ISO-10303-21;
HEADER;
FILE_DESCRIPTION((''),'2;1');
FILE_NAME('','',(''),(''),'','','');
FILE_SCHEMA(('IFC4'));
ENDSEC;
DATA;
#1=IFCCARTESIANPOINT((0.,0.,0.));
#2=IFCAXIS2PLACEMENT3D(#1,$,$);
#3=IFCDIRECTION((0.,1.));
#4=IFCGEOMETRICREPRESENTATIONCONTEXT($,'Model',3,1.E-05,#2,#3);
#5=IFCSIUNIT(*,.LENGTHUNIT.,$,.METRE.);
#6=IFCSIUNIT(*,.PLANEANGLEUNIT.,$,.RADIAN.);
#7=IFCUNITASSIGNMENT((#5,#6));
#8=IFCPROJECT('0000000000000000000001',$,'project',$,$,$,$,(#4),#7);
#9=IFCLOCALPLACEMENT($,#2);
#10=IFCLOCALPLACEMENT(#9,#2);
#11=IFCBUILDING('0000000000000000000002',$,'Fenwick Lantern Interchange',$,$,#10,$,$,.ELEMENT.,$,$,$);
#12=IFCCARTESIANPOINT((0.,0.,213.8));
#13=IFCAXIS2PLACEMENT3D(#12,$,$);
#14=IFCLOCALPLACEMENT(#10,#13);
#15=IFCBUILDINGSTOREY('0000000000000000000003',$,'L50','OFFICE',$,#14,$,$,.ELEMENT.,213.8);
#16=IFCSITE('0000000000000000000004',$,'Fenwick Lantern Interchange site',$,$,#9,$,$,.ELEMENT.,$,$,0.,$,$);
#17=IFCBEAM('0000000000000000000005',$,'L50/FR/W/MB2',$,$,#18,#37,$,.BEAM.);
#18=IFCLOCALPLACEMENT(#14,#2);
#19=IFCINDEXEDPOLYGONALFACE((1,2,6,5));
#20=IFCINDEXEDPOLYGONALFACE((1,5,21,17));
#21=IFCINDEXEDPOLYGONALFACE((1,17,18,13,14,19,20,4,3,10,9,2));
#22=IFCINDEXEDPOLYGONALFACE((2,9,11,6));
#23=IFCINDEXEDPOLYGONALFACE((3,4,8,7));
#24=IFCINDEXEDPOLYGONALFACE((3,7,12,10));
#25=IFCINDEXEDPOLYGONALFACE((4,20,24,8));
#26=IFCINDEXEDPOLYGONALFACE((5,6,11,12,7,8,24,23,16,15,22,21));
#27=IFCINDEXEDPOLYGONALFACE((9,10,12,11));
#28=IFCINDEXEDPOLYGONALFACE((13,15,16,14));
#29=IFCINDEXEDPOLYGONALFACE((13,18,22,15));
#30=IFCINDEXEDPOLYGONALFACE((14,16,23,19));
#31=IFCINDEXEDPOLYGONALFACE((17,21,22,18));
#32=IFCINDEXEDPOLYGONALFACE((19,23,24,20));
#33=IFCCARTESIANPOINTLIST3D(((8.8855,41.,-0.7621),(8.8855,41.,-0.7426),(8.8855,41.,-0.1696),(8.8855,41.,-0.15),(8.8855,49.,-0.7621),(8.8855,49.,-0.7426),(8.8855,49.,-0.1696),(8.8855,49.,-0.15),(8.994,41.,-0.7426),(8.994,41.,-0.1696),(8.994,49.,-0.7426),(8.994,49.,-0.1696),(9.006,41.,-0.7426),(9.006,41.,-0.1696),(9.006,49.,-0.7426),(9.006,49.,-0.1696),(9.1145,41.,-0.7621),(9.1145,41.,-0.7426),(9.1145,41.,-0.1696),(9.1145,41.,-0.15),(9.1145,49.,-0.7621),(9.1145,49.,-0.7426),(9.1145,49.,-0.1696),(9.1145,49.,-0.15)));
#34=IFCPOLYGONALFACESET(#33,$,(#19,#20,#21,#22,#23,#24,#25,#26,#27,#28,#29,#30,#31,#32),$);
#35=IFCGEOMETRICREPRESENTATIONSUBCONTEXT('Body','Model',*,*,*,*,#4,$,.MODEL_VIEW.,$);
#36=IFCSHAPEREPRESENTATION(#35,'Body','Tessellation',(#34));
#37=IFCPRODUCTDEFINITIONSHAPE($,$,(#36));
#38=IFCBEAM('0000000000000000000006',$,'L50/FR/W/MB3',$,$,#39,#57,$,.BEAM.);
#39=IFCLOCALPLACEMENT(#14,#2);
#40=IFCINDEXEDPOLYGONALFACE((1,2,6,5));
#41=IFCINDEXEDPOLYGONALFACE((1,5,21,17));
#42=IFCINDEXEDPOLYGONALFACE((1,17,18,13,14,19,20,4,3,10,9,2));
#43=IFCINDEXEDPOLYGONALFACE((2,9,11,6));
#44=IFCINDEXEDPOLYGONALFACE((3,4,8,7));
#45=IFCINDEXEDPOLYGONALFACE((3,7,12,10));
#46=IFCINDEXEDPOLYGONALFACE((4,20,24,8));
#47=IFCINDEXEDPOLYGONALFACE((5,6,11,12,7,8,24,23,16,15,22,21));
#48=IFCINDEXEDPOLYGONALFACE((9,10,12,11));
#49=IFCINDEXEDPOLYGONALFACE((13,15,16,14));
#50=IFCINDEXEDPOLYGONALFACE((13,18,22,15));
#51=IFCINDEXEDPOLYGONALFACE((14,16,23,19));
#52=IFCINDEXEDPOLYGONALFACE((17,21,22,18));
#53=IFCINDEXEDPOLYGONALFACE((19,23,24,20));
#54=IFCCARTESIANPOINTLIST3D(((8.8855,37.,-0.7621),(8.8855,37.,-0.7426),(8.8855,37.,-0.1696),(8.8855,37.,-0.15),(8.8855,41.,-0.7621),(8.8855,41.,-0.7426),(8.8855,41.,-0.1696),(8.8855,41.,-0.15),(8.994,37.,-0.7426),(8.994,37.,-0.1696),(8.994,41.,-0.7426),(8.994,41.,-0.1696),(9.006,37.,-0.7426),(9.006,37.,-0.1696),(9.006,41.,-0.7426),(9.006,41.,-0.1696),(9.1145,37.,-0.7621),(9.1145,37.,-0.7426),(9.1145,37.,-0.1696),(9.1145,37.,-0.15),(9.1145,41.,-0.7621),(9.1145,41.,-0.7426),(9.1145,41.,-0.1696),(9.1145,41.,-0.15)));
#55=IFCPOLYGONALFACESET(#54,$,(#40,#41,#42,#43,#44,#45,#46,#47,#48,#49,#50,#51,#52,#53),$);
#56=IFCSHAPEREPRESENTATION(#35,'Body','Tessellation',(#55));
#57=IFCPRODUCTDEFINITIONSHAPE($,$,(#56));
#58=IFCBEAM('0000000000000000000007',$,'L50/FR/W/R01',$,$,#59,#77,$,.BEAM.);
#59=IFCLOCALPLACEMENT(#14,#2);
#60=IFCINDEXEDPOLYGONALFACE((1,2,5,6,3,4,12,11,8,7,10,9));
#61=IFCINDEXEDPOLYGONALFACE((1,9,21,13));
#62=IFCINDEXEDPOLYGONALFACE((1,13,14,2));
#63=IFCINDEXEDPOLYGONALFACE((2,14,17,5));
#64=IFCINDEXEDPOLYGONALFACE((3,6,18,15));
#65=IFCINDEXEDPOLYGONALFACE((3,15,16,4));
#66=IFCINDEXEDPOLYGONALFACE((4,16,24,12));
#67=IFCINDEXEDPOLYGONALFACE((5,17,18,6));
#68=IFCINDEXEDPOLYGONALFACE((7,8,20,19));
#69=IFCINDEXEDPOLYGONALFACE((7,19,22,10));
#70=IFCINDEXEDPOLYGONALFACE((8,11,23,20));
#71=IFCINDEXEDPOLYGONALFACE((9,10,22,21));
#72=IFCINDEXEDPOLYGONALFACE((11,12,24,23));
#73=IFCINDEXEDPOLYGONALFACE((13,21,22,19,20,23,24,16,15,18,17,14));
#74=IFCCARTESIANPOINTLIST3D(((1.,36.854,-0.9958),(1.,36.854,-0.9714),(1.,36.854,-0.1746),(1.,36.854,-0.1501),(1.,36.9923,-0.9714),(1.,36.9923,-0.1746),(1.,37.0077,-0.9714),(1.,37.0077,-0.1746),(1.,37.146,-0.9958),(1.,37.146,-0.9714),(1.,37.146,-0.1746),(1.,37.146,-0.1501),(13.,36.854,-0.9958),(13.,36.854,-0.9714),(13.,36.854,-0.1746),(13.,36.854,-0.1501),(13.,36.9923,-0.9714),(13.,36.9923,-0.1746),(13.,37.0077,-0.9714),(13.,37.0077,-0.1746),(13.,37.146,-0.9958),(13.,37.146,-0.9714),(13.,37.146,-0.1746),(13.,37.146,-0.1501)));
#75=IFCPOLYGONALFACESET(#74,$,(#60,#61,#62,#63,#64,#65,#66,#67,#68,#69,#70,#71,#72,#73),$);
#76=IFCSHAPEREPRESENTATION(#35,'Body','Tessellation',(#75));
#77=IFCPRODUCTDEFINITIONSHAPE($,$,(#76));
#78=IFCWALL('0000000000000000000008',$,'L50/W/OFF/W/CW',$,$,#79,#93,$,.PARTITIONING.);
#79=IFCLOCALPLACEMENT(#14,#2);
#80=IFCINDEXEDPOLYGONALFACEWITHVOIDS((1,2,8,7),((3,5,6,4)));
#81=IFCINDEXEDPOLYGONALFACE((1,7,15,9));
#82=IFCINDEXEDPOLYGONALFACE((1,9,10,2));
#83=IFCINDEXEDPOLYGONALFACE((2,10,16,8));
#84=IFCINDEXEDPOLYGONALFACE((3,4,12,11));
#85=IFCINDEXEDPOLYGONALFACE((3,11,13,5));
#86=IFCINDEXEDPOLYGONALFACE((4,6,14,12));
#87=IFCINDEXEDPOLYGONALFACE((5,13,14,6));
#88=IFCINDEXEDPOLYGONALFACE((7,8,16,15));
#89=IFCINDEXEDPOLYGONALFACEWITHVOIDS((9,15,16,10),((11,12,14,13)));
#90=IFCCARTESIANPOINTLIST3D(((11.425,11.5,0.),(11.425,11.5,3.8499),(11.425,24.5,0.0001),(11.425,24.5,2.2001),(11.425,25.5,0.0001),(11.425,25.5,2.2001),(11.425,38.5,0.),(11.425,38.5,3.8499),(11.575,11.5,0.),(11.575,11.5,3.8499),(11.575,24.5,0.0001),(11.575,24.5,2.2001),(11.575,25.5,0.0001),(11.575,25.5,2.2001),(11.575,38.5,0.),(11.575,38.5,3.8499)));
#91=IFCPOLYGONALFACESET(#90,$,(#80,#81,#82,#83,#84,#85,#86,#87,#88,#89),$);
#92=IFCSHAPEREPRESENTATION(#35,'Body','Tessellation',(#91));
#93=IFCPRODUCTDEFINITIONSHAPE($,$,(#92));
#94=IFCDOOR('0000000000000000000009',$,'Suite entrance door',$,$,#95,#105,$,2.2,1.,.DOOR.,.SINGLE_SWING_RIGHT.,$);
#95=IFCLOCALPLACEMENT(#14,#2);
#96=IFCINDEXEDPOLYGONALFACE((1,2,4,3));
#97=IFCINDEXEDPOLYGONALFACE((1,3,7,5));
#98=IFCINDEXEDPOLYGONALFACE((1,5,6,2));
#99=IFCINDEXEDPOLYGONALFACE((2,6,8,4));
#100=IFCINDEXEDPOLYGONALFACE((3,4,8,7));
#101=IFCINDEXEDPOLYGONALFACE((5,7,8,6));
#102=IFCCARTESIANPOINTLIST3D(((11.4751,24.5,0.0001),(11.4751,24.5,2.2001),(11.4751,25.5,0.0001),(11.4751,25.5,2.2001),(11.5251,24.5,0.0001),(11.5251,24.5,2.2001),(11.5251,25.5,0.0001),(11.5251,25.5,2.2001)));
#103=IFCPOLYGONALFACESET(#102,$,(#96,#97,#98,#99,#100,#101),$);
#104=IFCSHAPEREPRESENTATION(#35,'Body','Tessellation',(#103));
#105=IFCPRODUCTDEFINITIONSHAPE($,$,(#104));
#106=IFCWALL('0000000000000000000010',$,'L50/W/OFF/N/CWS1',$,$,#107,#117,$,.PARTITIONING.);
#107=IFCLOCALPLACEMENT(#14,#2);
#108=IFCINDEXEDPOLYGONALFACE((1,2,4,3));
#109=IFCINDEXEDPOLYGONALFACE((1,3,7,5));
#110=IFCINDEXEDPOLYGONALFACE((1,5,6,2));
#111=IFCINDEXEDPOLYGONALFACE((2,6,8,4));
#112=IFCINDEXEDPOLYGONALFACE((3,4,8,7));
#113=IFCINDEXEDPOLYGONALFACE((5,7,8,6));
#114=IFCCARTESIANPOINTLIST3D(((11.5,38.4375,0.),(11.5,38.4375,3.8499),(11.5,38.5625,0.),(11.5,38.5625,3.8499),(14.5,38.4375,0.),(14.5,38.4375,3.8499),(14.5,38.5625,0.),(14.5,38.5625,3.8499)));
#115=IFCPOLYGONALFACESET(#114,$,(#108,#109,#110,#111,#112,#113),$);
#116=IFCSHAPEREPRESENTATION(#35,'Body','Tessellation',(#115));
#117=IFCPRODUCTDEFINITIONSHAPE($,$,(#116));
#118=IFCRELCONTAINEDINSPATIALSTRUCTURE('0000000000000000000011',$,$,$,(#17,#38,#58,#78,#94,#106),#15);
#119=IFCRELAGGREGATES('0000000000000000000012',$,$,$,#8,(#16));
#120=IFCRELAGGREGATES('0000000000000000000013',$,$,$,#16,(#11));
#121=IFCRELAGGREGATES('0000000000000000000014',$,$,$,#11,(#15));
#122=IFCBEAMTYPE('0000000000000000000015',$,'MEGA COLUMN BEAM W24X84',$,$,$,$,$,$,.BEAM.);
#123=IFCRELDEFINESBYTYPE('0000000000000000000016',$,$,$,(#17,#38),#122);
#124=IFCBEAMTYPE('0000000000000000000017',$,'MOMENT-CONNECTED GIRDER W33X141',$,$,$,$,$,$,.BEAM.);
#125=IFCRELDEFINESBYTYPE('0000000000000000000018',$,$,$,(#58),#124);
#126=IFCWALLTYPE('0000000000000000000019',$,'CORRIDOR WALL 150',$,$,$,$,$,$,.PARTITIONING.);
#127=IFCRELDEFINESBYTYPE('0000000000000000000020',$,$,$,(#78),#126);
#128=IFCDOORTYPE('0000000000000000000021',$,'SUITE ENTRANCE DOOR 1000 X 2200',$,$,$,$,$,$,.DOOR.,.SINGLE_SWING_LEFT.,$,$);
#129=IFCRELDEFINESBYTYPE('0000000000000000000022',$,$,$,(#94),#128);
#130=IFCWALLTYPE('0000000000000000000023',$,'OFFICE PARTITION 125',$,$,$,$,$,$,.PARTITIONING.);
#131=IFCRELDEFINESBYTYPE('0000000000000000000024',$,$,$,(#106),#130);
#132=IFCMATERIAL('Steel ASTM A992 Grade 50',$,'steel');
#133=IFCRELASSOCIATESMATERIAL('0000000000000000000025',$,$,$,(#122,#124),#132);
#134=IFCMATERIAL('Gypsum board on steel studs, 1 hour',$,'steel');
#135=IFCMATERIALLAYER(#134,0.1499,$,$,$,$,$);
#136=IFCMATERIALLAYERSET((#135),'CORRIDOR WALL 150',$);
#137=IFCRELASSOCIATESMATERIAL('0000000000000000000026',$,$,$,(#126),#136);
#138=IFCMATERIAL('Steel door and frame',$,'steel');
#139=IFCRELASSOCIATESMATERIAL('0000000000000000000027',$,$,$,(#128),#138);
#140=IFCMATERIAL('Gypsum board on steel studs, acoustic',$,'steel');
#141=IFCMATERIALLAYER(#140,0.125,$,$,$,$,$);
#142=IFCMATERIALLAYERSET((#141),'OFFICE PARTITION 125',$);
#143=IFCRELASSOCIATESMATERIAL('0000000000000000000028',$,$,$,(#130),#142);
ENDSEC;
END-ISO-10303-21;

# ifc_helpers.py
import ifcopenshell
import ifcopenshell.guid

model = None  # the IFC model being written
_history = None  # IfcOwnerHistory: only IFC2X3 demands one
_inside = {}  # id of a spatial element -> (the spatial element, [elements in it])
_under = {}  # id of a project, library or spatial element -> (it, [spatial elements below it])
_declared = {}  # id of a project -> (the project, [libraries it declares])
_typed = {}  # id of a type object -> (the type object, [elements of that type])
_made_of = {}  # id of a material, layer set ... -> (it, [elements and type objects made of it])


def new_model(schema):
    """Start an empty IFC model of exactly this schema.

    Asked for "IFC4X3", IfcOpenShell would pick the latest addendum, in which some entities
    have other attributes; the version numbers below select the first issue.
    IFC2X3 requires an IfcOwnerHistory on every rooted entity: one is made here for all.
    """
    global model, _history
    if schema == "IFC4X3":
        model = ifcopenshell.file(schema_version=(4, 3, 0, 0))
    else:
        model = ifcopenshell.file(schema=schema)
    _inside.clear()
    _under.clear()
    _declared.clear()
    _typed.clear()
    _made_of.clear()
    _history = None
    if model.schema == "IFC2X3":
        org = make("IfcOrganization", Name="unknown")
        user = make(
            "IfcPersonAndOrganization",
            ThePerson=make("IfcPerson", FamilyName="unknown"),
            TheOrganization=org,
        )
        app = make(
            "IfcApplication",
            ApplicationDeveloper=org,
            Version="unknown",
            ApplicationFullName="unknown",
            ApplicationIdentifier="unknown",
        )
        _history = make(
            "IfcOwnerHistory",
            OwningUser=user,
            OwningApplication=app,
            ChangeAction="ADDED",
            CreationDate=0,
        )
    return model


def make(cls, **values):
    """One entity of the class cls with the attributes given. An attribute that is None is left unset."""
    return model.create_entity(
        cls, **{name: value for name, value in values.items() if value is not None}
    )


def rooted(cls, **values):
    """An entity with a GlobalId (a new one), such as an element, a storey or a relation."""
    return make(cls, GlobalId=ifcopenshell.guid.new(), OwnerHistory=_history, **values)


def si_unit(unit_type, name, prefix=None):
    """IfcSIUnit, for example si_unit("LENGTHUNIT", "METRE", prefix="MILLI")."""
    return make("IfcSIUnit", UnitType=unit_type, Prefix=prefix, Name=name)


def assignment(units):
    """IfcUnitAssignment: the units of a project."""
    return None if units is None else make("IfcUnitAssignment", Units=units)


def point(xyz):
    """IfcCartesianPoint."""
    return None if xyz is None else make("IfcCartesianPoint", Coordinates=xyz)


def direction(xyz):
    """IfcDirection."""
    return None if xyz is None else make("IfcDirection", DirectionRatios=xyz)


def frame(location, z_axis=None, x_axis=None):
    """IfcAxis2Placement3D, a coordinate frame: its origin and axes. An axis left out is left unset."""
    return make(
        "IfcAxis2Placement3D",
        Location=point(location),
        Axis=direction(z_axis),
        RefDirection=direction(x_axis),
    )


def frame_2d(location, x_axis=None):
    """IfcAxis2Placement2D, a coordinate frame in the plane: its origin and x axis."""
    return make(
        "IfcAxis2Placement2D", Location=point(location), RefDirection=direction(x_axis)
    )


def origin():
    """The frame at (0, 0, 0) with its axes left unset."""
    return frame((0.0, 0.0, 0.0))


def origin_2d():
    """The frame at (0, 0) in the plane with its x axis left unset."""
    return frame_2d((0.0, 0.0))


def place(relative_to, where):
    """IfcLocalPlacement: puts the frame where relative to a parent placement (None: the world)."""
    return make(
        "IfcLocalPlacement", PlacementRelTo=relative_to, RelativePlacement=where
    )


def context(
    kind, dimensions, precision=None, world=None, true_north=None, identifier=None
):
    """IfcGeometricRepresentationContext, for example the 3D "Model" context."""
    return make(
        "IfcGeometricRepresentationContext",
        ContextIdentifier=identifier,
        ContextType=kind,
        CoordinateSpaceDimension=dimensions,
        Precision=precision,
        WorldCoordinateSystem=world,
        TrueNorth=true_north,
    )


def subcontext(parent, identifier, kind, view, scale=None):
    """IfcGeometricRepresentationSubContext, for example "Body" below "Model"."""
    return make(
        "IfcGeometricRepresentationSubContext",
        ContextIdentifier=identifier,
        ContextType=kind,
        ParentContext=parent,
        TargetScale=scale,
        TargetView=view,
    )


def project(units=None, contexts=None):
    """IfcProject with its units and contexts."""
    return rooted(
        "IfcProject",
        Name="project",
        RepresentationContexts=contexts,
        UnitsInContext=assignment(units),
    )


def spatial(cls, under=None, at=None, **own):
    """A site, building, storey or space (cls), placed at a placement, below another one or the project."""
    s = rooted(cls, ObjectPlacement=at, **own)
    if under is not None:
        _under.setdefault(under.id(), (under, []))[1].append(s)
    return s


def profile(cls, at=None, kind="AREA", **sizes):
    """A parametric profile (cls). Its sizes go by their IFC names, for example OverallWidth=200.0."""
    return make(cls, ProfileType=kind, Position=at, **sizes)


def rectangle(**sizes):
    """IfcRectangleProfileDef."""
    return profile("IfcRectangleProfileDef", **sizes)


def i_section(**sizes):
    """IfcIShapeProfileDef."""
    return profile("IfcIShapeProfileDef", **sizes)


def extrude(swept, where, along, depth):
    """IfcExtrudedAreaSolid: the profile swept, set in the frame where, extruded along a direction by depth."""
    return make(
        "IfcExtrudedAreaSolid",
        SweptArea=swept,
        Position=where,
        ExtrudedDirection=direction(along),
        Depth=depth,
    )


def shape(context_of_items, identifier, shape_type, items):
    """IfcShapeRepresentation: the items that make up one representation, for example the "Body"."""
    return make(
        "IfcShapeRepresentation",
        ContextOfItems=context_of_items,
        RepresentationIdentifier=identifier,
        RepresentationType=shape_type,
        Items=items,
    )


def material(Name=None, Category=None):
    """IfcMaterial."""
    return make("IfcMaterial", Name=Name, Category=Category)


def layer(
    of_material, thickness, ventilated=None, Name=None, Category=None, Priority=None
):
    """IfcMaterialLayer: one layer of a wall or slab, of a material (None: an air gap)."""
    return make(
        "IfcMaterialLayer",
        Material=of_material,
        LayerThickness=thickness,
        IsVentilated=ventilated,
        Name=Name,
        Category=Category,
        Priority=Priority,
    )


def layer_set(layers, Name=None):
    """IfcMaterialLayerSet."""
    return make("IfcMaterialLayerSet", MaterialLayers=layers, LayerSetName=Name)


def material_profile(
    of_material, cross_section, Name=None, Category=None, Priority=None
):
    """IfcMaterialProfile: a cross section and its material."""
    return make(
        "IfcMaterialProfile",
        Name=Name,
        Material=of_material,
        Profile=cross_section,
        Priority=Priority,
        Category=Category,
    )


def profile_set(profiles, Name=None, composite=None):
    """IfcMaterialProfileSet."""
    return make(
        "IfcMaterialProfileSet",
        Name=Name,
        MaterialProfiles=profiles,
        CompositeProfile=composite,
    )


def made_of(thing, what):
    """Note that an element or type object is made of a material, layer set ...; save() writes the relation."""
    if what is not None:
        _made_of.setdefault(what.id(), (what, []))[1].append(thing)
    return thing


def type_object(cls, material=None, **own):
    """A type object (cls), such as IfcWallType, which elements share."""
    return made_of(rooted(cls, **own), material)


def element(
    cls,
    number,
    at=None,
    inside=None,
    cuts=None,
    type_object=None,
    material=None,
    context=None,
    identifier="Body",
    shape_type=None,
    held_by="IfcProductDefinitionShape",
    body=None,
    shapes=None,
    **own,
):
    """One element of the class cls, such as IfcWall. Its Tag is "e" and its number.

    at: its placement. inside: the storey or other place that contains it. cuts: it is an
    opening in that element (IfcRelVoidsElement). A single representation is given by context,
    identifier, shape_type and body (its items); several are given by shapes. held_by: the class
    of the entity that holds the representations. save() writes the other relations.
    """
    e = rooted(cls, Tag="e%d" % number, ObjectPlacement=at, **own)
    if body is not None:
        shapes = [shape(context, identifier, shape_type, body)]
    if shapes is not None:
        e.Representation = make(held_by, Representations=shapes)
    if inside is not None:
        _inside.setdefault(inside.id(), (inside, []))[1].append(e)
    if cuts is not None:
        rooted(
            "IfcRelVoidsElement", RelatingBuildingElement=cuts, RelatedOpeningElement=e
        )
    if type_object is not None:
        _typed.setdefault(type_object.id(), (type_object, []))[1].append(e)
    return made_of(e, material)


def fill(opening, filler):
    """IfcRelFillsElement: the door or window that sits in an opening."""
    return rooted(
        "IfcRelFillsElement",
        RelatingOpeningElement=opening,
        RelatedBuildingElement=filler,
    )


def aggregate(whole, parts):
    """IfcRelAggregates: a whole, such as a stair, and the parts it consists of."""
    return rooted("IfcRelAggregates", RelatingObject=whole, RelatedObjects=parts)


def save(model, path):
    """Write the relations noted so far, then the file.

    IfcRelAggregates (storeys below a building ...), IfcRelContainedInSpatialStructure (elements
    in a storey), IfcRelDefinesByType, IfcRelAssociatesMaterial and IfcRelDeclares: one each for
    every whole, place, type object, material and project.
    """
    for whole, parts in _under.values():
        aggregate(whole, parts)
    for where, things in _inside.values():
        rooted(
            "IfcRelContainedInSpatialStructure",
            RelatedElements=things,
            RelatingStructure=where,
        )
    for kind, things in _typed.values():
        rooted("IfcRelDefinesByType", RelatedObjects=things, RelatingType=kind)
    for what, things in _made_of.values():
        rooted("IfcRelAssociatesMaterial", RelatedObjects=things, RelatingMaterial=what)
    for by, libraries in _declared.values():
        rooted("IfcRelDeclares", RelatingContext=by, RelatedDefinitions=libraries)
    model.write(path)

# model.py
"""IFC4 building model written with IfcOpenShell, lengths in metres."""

from ifc_helpers import new_model, si_unit, direction, frame, frame_2d, origin, origin_2d, place, context, subcontext, project, spatial, rectangle, i_section, extrude, material, layer, layer_set, material_profile, profile_set, type_object, element, fill, save


model = new_model("IFC4")

# Units and contexts
model_context = context("Model", 3, precision=1e-05, world=origin(), true_north=direction((0.0, 1.0)))
body_context = subcontext(model_context, "Body", "Model", "MODEL_VIEW")
ifc_project = project(units=[si_unit("LENGTHUNIT", "METRE"), si_unit("PLANEANGLEUNIT", "RADIAN")], contexts=[model_context])

# Site, building, storey
site_placement = place(None, origin())
site = spatial("IfcSite", under=ifc_project, at=site_placement, Name="Fenwick Lantern Interchange site", CompositionType="ELEMENT", RefElevation=0.0)
building_placement = place(site_placement, origin())
building = spatial("IfcBuilding", under=site, at=building_placement, Name="Fenwick Lantern Interchange", CompositionType="ELEMENT")
storey_placement = place(building_placement, frame((0.0, 0.0, 213.8)))
storey = spatial("IfcBuildingStorey", under=building, at=storey_placement, Name="L50", Description="OFFICE", CompositionType="ELEMENT", Elevation=213.8)

# Beams
ifc_material_1 = material(Name="Steel ASTM A992 Grade 50", Category="steel")
ifc_material_profile_1 = material_profile(ifc_material_1, i_section(OverallWidth=0.229, OverallDepth=0.6121, WebThickness=0.012, FlangeThickness=0.0195, at=origin_2d()), Name="W24X84")
ifc_profile_set_1 = profile_set([ifc_material_profile_1], Name="Steel ASTM A992 Grade 50")
beam_type_1 = type_object("IfcBeamType", Name="MEGA COLUMN BEAM W24X84", PredefinedType="BEAM", material=ifc_profile_set_1)
for number, where, z_axis, x_axis, name in (
    (1, (9.0, 41.0, -0.4561), (0.0, 1.0, 0.0), (-1.0, 0.0, 0.0), "L50/FR/W/MB2"),
):
    element("IfcBeam", number, at=place(storey_placement, frame(where, z_axis=z_axis, x_axis=x_axis)), inside=storey, type_object=beam_type_1, Name=name, PredefinedType="BEAM", context=body_context, shape_type="SweptSolid", body=[
        extrude(i_section(OverallWidth=0.229, OverallDepth=0.6121, WebThickness=0.012, FlangeThickness=0.0195, at=origin_2d()), origin(), (0.0, 0.0, 1.0), 8.0),
    ])
beam_1_placement = place(storey_placement, frame((9.0, 41.0, -0.4561), z_axis=(0.0, -1.0, 0.0), x_axis=(1.0, 0.0, 0.0)))
element("IfcBeam", 2, at=beam_1_placement, inside=storey, type_object=beam_type_1, Name="L50/FR/W/MB3", PredefinedType="BEAM", context=body_context, shape_type="SweptSolid", body=[
    extrude(i_section(OverallWidth=0.229, OverallDepth=0.6121, WebThickness=0.012, FlangeThickness=0.0195, at=origin_2d()), origin(), (0.0, 0.0, 1.0), 4.0),
])
ifc_material_profile_2 = material_profile(ifc_material_1, i_section(OverallWidth=0.292, OverallDepth=0.8457, WebThickness=0.0154, FlangeThickness=0.0244, at=origin_2d()), Name="W33X141")
ifc_profile_set_2 = profile_set([ifc_material_profile_2], Name="Steel ASTM A992 Grade 50")
beam_type_2 = type_object("IfcBeamType", Name="MOMENT-CONNECTED GIRDER W33X141", PredefinedType="BEAM", material=ifc_profile_set_2)
beam_2_placement = place(storey_placement, frame((1.0, 37.0, -0.573), z_axis=(1.0, 0.0, 0.0), x_axis=(0.0, 1.0, 0.0)))
element("IfcBeam", 3, at=beam_2_placement, inside=storey, type_object=beam_type_2, Name="L50/FR/W/R01", PredefinedType="BEAM", context=body_context, shape_type="SweptSolid", body=[
    extrude(i_section(OverallWidth=0.292, OverallDepth=0.8457, WebThickness=0.0154, FlangeThickness=0.0244, at=origin_2d()), origin(), (0.0, 0.0, 1.0), 12.0),
])

# Wall, opening, door
ifc_material_2 = material(Name="Gypsum board on steel studs, 1 hour", Category="steel")
ifc_layer_1 = layer(ifc_material_2, 0.1499)
ifc_layer_set_1 = layer_set([ifc_layer_1], Name="CORRIDOR WALL 150")
wall_type_1 = type_object("IfcWallType", Name="CORRIDOR WALL 150", PredefinedType="PARTITIONING", material=ifc_layer_set_1)
wall_1_placement = place(storey_placement, frame((11.5, 38.5, 0.0), z_axis=(0.0, 0.0, 1.0), x_axis=(0.0, -1.0, 0.0)))
wall_1 = element("IfcWall", 4, at=wall_1_placement, inside=storey, type_object=wall_type_1, Name="L50/W/OFF/W/CW", PredefinedType="PARTITIONING", context=body_context, shape_type="SweptSolid", body=[
    extrude(rectangle(XDim=27.0, YDim=0.1499, at=frame_2d((13.5, 0.0))), origin(), (0.0, 0.0, 1.0), 3.8499),
])
opening_placement = place(wall_1_placement, frame((13.0, 0.0, 0.0)))
opening = element("IfcOpeningElement", 5, at=opening_placement, cuts=wall_1, PredefinedType="OPENING", context=body_context, shape_type="SweptSolid", body=[
    extrude(rectangle(XDim=1.0, YDim=2.2, at=frame_2d((0.5, 1.1001))), frame((0.0, 0.085, 0.0), z_axis=(0.0, -1.0, 0.0), x_axis=(1.0, 0.0, 0.0)), (0.0, 0.0, 1.0), 0.1699),
])
ifc_material_3 = material(Name="Steel door and frame", Category="steel")
door_type = type_object("IfcDoorType", Name="SUITE ENTRANCE DOOR 1000 X 2200", OperationType="SINGLE_SWING_LEFT", PredefinedType="DOOR", material=ifc_material_3)
door_placement = place(opening_placement, frame((1.0, 0.0, 0.0), z_axis=(0.0, 0.0, 1.0), x_axis=(-1.0, 0.0, 0.0)))
door = element("IfcDoor", 6, at=door_placement, inside=storey, type_object=door_type, Name="Suite entrance door", OperationType="SINGLE_SWING_RIGHT", OverallHeight=2.2, OverallWidth=1.0, PredefinedType="DOOR", context=body_context, shape_type="SweptSolid", body=[
    extrude(rectangle(XDim=1.0, YDim=2.2, at=frame_2d((0.5, 1.1001))), frame((0.0, 0.0249, 0.0), z_axis=(0.0, -1.0, 0.0), x_axis=(1.0, 0.0, 0.0)), (0.0, 0.0, 1.0), 0.05),
])
fill(opening, door)

# Wall
ifc_material_4 = material(Name="Gypsum board on steel studs, acoustic", Category="steel")
ifc_layer_2 = layer(ifc_material_4, 0.125)
ifc_layer_set_2 = layer_set([ifc_layer_2], Name="OFFICE PARTITION 125")
wall_type_2 = type_object("IfcWallType", Name="OFFICE PARTITION 125", PredefinedType="PARTITIONING", material=ifc_layer_set_2)
wall_2_placement = place(storey_placement, frame((14.5, 38.5, 0.0), z_axis=(0.0, 0.0, 1.0), x_axis=(-1.0, 0.0, 0.0)))
element("IfcWall", 7, at=wall_2_placement, inside=storey, type_object=wall_type_2, Name="L50/W/OFF/N/CWS1", PredefinedType="PARTITIONING", context=body_context, shape_type="SweptSolid", body=[
    extrude(rectangle(XDim=3.0, YDim=0.125, at=frame_2d((1.5, 0.0))), origin(), (0.0, 0.0, 1.0), 3.8499),
])

save(model, "model.ifc")
